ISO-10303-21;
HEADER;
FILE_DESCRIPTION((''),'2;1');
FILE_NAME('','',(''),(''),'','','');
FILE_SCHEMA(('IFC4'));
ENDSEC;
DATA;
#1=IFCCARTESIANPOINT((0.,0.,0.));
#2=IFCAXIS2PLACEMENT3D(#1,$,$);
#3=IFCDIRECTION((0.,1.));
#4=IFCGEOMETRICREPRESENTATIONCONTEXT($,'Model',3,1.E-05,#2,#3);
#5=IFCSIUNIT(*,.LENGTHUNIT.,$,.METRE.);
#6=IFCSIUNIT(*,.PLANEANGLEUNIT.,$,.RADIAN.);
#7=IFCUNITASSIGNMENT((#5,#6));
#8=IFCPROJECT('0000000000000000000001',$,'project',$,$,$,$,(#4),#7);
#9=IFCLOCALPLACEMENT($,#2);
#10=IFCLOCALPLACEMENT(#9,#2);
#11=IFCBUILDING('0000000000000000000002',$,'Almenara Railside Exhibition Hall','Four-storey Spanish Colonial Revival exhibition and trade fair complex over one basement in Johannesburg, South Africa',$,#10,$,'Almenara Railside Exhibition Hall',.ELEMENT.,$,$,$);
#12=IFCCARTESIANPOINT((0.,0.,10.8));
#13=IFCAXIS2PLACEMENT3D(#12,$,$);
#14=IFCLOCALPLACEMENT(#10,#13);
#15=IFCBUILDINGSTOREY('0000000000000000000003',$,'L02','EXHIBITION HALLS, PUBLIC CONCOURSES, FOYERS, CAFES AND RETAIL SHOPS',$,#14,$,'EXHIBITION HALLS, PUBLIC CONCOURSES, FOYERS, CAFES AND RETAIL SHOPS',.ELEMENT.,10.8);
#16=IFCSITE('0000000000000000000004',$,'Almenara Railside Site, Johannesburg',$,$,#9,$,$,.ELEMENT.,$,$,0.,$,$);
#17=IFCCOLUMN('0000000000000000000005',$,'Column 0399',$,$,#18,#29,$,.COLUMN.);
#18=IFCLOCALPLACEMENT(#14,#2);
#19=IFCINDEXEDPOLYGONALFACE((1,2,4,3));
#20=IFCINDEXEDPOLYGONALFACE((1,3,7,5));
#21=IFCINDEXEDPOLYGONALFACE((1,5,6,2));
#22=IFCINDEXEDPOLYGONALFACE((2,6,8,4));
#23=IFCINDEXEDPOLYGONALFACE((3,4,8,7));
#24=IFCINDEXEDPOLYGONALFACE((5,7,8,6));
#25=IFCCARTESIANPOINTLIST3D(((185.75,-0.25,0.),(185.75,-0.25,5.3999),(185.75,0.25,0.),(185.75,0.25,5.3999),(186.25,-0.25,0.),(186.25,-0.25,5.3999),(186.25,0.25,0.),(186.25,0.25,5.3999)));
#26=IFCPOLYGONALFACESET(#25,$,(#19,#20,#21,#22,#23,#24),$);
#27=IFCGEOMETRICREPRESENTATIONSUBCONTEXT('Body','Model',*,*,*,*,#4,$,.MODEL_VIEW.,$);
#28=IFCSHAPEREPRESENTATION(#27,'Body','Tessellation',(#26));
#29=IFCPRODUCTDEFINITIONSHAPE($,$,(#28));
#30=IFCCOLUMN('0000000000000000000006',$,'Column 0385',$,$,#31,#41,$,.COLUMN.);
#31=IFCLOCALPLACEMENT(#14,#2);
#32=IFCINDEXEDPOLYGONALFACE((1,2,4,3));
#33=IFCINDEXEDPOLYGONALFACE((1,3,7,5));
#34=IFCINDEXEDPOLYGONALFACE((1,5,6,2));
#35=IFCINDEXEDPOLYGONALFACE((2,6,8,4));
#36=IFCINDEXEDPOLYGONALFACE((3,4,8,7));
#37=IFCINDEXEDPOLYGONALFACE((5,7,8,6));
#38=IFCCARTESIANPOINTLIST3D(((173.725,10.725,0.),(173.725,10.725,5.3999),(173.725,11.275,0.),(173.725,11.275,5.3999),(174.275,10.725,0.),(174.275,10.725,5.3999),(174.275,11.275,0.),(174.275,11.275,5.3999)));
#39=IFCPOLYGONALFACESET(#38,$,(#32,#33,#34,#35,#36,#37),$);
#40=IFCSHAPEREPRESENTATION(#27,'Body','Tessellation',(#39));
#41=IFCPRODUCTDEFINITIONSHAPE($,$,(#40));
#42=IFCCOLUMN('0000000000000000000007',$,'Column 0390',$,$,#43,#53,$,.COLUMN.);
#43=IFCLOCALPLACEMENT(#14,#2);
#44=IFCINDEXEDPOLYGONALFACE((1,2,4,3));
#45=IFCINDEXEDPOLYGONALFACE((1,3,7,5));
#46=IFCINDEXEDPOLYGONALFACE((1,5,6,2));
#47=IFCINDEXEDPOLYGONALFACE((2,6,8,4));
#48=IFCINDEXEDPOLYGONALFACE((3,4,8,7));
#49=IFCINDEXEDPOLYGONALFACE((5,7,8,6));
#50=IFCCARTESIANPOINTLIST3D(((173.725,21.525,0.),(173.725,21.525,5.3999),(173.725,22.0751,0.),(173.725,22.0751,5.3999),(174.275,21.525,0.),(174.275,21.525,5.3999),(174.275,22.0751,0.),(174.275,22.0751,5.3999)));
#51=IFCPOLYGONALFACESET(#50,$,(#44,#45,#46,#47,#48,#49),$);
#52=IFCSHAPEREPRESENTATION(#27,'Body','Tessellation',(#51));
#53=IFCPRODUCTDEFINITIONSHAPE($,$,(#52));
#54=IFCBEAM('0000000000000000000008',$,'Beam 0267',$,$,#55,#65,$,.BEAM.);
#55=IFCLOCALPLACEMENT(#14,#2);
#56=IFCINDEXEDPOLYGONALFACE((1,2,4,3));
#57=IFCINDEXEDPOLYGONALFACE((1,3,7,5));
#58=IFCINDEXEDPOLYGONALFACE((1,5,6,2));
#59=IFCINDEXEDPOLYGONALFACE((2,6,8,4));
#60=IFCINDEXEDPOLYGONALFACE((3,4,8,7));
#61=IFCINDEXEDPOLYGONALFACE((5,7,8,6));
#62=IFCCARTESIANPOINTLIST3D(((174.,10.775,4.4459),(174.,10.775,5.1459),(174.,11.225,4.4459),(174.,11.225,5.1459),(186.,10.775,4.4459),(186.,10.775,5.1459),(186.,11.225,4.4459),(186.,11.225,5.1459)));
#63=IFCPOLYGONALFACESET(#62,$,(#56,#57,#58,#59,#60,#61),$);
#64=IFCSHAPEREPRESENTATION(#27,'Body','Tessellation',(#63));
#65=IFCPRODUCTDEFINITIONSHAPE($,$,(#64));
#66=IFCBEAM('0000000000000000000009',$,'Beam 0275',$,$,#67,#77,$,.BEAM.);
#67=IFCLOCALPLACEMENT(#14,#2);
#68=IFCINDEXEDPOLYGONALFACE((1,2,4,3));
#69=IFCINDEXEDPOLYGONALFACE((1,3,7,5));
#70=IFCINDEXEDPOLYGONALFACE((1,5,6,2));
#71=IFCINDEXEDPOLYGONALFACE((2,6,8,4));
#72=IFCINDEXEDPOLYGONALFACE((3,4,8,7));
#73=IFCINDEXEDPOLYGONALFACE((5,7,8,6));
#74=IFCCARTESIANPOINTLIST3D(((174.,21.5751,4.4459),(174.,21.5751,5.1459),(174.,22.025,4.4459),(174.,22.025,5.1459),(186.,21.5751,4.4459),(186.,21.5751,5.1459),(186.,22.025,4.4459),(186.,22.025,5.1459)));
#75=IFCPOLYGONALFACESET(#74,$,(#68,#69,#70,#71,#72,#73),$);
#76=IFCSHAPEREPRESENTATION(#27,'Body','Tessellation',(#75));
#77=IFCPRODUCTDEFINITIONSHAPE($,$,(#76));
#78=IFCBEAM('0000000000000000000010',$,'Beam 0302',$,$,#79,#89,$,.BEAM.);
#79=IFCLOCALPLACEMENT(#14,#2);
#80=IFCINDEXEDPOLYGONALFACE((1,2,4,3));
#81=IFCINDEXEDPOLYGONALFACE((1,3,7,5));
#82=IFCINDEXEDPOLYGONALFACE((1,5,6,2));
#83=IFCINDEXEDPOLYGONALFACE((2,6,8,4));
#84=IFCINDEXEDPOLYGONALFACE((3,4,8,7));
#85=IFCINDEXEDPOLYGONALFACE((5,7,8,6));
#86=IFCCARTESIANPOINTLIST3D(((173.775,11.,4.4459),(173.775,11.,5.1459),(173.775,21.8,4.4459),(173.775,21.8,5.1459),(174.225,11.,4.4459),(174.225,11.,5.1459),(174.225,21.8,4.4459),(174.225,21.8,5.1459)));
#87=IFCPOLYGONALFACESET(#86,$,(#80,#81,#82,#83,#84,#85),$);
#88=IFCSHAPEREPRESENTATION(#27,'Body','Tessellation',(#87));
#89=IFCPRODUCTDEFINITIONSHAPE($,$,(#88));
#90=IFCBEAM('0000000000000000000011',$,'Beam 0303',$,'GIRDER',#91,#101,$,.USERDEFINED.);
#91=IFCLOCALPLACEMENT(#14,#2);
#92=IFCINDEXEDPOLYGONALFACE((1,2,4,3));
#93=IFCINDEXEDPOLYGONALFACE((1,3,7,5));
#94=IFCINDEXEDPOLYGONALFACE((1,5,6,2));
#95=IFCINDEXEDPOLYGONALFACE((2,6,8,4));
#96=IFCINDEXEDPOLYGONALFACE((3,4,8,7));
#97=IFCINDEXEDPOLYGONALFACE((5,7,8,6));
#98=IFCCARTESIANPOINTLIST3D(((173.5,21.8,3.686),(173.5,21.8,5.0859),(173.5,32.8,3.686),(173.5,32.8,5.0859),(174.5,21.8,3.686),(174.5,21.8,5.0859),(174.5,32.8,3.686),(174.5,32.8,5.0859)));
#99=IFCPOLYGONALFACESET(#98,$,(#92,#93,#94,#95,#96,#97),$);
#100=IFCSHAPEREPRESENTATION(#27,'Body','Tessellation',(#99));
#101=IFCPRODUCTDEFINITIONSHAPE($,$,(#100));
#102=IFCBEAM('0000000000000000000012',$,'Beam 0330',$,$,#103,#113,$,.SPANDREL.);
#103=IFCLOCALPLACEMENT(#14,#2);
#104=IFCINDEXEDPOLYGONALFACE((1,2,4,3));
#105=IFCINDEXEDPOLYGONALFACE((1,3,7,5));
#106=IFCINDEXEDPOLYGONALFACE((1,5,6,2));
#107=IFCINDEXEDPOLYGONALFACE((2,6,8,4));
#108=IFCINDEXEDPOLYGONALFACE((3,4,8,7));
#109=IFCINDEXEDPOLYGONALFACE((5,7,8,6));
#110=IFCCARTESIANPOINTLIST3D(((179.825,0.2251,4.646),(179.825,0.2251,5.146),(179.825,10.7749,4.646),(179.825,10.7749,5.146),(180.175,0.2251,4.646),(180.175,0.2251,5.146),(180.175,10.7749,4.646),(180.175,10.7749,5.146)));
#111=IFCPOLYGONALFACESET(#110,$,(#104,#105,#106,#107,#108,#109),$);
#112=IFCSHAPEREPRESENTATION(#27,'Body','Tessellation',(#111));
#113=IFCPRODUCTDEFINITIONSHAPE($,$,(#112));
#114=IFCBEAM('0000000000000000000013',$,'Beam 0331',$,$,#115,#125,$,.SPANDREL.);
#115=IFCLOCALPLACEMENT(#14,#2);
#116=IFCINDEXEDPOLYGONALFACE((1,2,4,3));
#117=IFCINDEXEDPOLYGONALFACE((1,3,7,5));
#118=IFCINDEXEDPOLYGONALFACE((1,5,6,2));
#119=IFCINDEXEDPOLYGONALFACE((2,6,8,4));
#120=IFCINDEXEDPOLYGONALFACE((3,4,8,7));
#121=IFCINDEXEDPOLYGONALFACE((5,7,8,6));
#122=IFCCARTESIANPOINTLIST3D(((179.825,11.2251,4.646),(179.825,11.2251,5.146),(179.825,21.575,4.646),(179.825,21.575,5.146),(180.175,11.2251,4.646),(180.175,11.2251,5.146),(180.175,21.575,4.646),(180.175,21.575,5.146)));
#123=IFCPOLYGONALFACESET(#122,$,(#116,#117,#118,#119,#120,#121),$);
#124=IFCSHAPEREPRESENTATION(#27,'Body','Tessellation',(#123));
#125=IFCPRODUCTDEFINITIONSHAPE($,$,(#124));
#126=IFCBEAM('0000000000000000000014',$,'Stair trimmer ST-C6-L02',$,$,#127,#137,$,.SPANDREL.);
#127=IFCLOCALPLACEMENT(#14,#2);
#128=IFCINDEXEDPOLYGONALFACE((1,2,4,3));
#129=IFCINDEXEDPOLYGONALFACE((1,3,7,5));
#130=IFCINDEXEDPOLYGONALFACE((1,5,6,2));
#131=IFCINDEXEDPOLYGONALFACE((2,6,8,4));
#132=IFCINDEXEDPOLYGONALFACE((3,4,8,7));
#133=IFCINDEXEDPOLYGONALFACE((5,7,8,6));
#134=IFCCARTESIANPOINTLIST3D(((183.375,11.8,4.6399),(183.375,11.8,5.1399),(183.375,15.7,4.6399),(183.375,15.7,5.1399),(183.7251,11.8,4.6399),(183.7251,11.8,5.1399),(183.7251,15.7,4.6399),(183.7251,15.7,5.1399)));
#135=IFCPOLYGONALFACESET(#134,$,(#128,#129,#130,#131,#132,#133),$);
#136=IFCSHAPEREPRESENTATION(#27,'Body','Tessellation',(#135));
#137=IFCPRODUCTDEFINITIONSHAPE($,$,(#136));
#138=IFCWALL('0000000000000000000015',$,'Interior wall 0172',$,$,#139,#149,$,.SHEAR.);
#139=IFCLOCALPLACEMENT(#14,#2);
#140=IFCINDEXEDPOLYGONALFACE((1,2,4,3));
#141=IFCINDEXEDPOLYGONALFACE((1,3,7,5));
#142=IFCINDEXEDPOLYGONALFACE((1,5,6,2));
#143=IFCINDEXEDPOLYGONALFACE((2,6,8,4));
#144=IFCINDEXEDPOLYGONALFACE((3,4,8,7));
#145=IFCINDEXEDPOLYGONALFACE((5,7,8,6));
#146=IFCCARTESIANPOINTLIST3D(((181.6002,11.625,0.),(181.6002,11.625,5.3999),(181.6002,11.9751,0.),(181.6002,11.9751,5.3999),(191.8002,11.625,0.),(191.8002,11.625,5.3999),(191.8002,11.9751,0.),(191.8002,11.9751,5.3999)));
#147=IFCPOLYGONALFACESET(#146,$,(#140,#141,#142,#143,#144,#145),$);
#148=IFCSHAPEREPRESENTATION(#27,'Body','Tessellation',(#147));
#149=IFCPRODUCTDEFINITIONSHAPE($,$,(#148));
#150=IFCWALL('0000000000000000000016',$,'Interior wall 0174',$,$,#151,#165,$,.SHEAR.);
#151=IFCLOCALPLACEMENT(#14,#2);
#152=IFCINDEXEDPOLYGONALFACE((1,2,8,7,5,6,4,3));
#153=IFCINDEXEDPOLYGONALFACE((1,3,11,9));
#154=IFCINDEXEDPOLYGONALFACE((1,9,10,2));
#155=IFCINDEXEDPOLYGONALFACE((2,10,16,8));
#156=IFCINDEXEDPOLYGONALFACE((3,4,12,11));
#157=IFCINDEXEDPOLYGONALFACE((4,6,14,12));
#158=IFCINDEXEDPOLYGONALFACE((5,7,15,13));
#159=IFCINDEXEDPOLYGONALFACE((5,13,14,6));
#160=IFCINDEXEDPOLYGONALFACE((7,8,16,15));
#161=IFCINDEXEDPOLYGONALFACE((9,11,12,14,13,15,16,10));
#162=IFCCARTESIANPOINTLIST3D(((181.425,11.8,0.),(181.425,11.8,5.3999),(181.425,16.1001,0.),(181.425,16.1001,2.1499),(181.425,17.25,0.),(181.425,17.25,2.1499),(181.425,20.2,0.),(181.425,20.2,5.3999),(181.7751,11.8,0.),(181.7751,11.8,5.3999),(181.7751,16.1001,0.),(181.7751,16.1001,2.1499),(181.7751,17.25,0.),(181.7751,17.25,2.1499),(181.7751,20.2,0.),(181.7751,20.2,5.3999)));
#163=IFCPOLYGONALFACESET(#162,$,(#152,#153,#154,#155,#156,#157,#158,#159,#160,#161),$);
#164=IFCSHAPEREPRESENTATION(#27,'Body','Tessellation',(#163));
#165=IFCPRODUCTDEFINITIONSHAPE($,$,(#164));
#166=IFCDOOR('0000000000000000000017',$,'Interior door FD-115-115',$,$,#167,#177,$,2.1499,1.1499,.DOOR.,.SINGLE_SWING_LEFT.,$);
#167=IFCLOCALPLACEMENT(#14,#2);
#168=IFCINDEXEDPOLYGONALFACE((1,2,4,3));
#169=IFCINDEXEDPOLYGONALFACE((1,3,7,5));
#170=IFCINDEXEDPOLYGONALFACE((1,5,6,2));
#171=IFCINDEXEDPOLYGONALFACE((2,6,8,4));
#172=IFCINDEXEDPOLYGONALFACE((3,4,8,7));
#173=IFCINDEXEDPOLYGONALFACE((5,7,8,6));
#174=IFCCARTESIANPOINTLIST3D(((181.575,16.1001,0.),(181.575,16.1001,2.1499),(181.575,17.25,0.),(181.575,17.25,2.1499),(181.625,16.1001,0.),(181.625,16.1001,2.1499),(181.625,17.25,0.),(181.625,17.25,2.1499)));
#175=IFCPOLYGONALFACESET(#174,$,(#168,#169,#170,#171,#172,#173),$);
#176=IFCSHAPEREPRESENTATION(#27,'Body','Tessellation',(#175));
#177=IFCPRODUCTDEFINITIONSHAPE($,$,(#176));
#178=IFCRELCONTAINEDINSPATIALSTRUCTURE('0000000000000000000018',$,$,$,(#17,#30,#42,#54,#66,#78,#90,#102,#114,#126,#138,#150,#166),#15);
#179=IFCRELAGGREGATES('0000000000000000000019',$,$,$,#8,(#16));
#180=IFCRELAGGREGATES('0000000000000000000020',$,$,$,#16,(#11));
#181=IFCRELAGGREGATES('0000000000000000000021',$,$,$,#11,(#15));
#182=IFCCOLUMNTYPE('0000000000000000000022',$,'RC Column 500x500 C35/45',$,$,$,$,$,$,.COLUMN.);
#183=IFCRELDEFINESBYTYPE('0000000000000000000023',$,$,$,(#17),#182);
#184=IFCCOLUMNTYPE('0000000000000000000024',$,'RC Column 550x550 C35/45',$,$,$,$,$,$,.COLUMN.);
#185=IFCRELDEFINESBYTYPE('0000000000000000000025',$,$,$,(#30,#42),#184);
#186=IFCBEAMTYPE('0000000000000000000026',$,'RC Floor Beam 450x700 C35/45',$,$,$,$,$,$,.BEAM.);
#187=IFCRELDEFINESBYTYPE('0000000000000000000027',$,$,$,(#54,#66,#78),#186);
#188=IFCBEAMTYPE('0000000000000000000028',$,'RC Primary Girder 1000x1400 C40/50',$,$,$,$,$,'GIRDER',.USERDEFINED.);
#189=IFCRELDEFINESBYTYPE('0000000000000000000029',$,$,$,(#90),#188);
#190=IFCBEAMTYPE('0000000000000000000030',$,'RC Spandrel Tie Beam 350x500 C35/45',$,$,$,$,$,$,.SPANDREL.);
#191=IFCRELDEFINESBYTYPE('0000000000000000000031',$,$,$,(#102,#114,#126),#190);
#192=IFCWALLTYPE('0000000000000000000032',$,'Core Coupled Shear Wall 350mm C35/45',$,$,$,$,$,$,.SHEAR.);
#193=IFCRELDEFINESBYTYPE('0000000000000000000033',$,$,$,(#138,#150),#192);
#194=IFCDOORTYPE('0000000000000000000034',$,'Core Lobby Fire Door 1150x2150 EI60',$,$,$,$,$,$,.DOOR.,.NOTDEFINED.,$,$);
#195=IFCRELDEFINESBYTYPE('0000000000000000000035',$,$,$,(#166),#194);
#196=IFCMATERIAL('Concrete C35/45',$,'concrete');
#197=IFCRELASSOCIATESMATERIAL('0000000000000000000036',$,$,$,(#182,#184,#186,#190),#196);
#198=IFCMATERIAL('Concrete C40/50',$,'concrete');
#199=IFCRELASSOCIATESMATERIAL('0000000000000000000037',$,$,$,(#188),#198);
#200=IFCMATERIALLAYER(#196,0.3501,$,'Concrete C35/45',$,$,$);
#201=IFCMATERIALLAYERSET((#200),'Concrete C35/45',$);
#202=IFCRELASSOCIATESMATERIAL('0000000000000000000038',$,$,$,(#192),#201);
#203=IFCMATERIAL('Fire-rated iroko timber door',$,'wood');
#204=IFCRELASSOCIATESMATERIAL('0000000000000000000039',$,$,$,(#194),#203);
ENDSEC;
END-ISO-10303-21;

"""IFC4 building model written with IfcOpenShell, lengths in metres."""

from ifc_helpers import new_model, si_unit, direction, frame, frame_2d, origin, origin_2d, place, context, subcontext, project, spatial, rectangle, extrude, material, layer, layer_set, material_profile, profile_set, type_object, element, fill, save


model = new_model("IFC4")

# Units and contexts
model_context = context("Model", 3, precision=1e-05, world=origin(), true_north=direction((0.0, 1.0)))
body_context = subcontext(model_context, "Body", "Model", "MODEL_VIEW")
ifc_project = project(units=[si_unit("LENGTHUNIT", "METRE"), si_unit("PLANEANGLEUNIT", "RADIAN")], contexts=[model_context])

# Site, building, storey
site_placement = place(None, origin())
site = spatial("IfcSite", under=ifc_project, at=site_placement, Name="Almenara Railside Site, Johannesburg", CompositionType="ELEMENT", RefElevation=0.0)
building_placement = place(site_placement, origin())
building = spatial("IfcBuilding", under=site, at=building_placement, Name="Almenara Railside Exhibition Hall", Description="Four-storey Spanish Colonial Revival exhibition and trade fair complex over one basement in Johannesburg, South Africa", LongName="Almenara Railside Exhibition Hall", CompositionType="ELEMENT")
storey_placement = place(building_placement, frame((0.0, 0.0, 10.8)))
storey = spatial("IfcBuildingStorey", under=building, at=storey_placement, Name="L02", Description="EXHIBITION HALLS, PUBLIC CONCOURSES, FOYERS, CAFES AND RETAIL SHOPS", LongName="EXHIBITION HALLS, PUBLIC CONCOURSES, FOYERS, CAFES AND RETAIL SHOPS", CompositionType="ELEMENT", Elevation=10.8)

# Columns
ifc_material_1 = material(Name="Concrete C35/45", Category="concrete")
ifc_material_profile_1 = material_profile(ifc_material_1, rectangle(XDim=0.5, YDim=0.5, at=origin_2d()), Name="RC 500x500")
ifc_profile_set_1 = profile_set([ifc_material_profile_1], Name="Concrete C35/45")
column_type_1 = type_object("IfcColumnType", Name="RC Column 500x500 C35/45", PredefinedType="COLUMN", material=ifc_profile_set_1)
column_placement = place(storey_placement, frame((186.0, 0.0, 0.0), z_axis=(0.0, 0.0, 1.0), x_axis=(1.0, 0.0, 0.0)))
element("IfcColumn", 1, at=column_placement, inside=storey, type_object=column_type_1, Name="Column 0399", PredefinedType="COLUMN", context=body_context, shape_type="SweptSolid", body=[
    extrude(rectangle(XDim=0.5, YDim=0.5, at=origin_2d()), origin(), (0.0, 0.0, 1.0), 5.3999),
])
ifc_material_profile_2 = material_profile(ifc_material_1, rectangle(XDim=0.55, YDim=0.55, at=origin_2d()), Name="RC 550x550")
ifc_profile_set_2 = profile_set([ifc_material_profile_2], Name="Concrete C35/45")
column_type_2 = type_object("IfcColumnType", Name="RC Column 550x550 C35/45", PredefinedType="COLUMN", material=ifc_profile_set_2)
for number, where, z_axis, x_axis, name in (
    (2, (174.0, 11.0, 0.0), (0.0, 0.0, 1.0), (1.0, 0.0, 0.0), "Column 0385"),
    (3, (174.0, 21.8, 0.0), (0.0, 0.0, 1.0), (1.0, 0.0, 0.0), "Column 0390"),
):
    element("IfcColumn", number, at=place(storey_placement, frame(where, z_axis=z_axis, x_axis=x_axis)), inside=storey, type_object=column_type_2, Name=name, PredefinedType="COLUMN", context=body_context, shape_type="SweptSolid", body=[
        extrude(rectangle(XDim=0.55, YDim=0.55, at=origin_2d()), origin(), (0.0, 0.0, 1.0), 5.3999),
    ])

# Beams
ifc_material_profile_3 = material_profile(ifc_material_1, rectangle(XDim=0.45, YDim=0.7, at=origin_2d()), Name="RC 450x700")
ifc_profile_set_3 = profile_set([ifc_material_profile_3], Name="Concrete C35/45")
beam_type_1 = type_object("IfcBeamType", Name="RC Floor Beam 450x700 C35/45", PredefinedType="BEAM", material=ifc_profile_set_3)
for number, where, z_axis, x_axis, name in (
    (4, (174.0, 11.0, 4.7959), (1.0, 0.0, 0.0), (0.0, 1.0, 0.0), "Beam 0267"),
    (5, (174.0, 21.8, 4.7959), (1.0, 0.0, 0.0), (0.0, 1.0, 0.0), "Beam 0275"),
):
    element("IfcBeam", number, at=place(storey_placement, frame(where, z_axis=z_axis, x_axis=x_axis)), inside=storey, type_object=beam_type_1, Name=name, PredefinedType="BEAM", context=body_context, shape_type="SweptSolid", body=[
        extrude(rectangle(XDim=0.45, YDim=0.7, at=origin_2d()), origin(), (0.0, 0.0, 1.0), 12.0),
    ])
beam_1_placement = place(storey_placement, frame((174.0, 11.0, 4.7959), z_axis=(0.0, 1.0, 0.0), x_axis=(-1.0, 0.0, 0.0)))
element("IfcBeam", 6, at=beam_1_placement, inside=storey, type_object=beam_type_1, Name="Beam 0302", PredefinedType="BEAM", context=body_context, shape_type="SweptSolid", body=[
    extrude(rectangle(XDim=0.45, YDim=0.7, at=origin_2d()), origin(), (0.0, 0.0, 1.0), 10.8),
])
ifc_material_2 = material(Name="Concrete C40/50", Category="concrete")
ifc_material_profile_4 = material_profile(ifc_material_2, rectangle(XDim=1.0, YDim=1.3999, at=origin_2d()), Name="RC 1000x1400")
ifc_profile_set_4 = profile_set([ifc_material_profile_4], Name="Concrete C40/50")
beam_type_2 = type_object("IfcBeamType", Name="RC Primary Girder 1000x1400 C40/50", ElementType="GIRDER", PredefinedType="USERDEFINED", material=ifc_profile_set_4)
beam_2_placement = place(storey_placement, frame((174.0, 21.8, 4.386), z_axis=(0.0, 1.0, 0.0), x_axis=(-1.0, 0.0, 0.0)))
element("IfcBeam", 7, at=beam_2_placement, inside=storey, type_object=beam_type_2, Name="Beam 0303", ObjectType="GIRDER", PredefinedType="USERDEFINED", context=body_context, shape_type="SweptSolid", body=[
    extrude(rectangle(XDim=1.0, YDim=1.3999, at=origin_2d()), origin(), (0.0, 0.0, 1.0), 11.0),
])
ifc_material_profile_5 = material_profile(ifc_material_1, rectangle(XDim=0.3501, YDim=0.5, at=origin_2d()), Name="RC 350x500")
ifc_profile_set_5 = profile_set([ifc_material_profile_5], Name="Concrete C35/45")
beam_type_3 = type_object("IfcBeamType", Name="RC Spandrel Tie Beam 350x500 C35/45", PredefinedType="SPANDREL", material=ifc_profile_set_5)
beam_3_placement = place(storey_placement, frame((180.0, 0.2251, 4.896), z_axis=(0.0, 1.0, 0.0), x_axis=(-1.0, 0.0, 0.0)))
element("IfcBeam", 8, at=beam_3_placement, inside=storey, type_object=beam_type_3, Name="Beam 0330", PredefinedType="SPANDREL", context=body_context, shape_type="SweptSolid", body=[
    extrude(rectangle(XDim=0.3501, YDim=0.5, at=origin_2d()), origin(), (0.0, 0.0, 1.0), 10.5498),
])
beam_4_placement = place(storey_placement, frame((180.0, 11.2251, 4.896), z_axis=(0.0, 1.0, 0.0), x_axis=(-1.0, 0.0, 0.0)))
element("IfcBeam", 9, at=beam_4_placement, inside=storey, type_object=beam_type_3, Name="Beam 0331", PredefinedType="SPANDREL", context=body_context, shape_type="SweptSolid", body=[
    extrude(rectangle(XDim=0.3501, YDim=0.5, at=origin_2d()), origin(), (0.0, 0.0, 1.0), 10.3499),
])
beam_5_placement = place(storey_placement, frame((183.55, 11.8, 4.8899), z_axis=(0.0, 1.0, 0.0), x_axis=(-1.0, 0.0, 0.0)))
element("IfcBeam", 10, at=beam_5_placement, inside=storey, type_object=beam_type_3, Name="Stair trimmer ST-C6-L02", PredefinedType="SPANDREL", context=body_context, shape_type="SweptSolid", body=[
    extrude(rectangle(XDim=0.3501, YDim=0.5, at=origin_2d()), origin(), (0.0, 0.0, 1.0), 3.8999),
])

# Wall
ifc_layer_1 = layer(ifc_material_1, 0.3501, Name="Concrete C35/45")
ifc_layer_set_1 = layer_set([ifc_layer_1], Name="Concrete C35/45")
wall_type_1 = type_object("IfcWallType", Name="Core Coupled Shear Wall 350mm C35/45", PredefinedType="SHEAR", material=ifc_layer_set_1)
wall_1_placement = place(storey_placement, frame((181.6001, 11.8, 0.0), z_axis=(0.0, 0.0, 1.0), x_axis=(1.0, 0.0, 0.0)))
element("IfcWall", 11, at=wall_1_placement, inside=storey, type_object=wall_type_1, Name="Interior wall 0172", PredefinedType="SHEAR", context=body_context, shape_type="SweptSolid", body=[
    extrude(rectangle(XDim=10.2, YDim=0.3501, at=frame_2d((5.1001, 0.0))), origin(), (0.0, 0.0, 1.0), 5.3999),
])

# Wall, opening, door
wall_2_placement = place(storey_placement, frame((181.6001, 20.2, 0.0), z_axis=(0.0, 0.0, 1.0), x_axis=(0.0, -1.0, 0.0)))
wall_2 = element("IfcWall", 12, at=wall_2_placement, inside=storey, type_object=wall_type_1, Name="Interior wall 0174", PredefinedType="SHEAR", context=body_context, shape_type="SweptSolid", body=[
    extrude(rectangle(XDim=8.3999, YDim=0.3501, at=frame_2d((4.2, 0.0))), origin(), (0.0, 0.0, 1.0), 5.3999),
])
opening_1_placement = place(wall_2_placement, frame((2.95, 0.0, 0.0)))
opening_1 = element("IfcOpeningElement", 13, at=opening_1_placement, cuts=wall_2, PredefinedType="OPENING", context=body_context, shape_type="SweptSolid", body=[
    extrude(rectangle(XDim=1.1499, YDim=2.1499, at=frame_2d((0.575, 1.075))), frame((0.0, 0.1851, 0.0), z_axis=(0.0, -1.0, 0.0), x_axis=(1.0, 0.0, 0.0)), (0.0, 0.0, 1.0), 0.3701),
])
ifc_material_3 = material(Name="Fire-rated iroko timber door", Category="wood")
door_type_1 = type_object("IfcDoorType", Name="Core Lobby Fire Door 1150x2150 EI60", OperationType="NOTDEFINED", PredefinedType="DOOR", material=ifc_material_3)
door_1_placement = place(opening_1_placement, origin())
door_1 = element("IfcDoor", 14, at=door_1_placement, inside=storey, type_object=door_type_1, Name="Interior door FD-115-115", OperationType="SINGLE_SWING_LEFT", OverallHeight=2.1499, OverallWidth=1.1499, PredefinedType="DOOR", context=body_context, shape_type="SweptSolid", body=[
    extrude(rectangle(XDim=1.1499, YDim=2.1499, at=frame_2d((0.575, 1.075))), frame((0.0, 0.0249, 0.0), z_axis=(0.0, -1.0, 0.0), x_axis=(1.0, 0.0, 0.0)), (0.0, 0.0, 1.0), 0.05),
])
fill(opening_1, door_1)

save(model, "model.ifc")
